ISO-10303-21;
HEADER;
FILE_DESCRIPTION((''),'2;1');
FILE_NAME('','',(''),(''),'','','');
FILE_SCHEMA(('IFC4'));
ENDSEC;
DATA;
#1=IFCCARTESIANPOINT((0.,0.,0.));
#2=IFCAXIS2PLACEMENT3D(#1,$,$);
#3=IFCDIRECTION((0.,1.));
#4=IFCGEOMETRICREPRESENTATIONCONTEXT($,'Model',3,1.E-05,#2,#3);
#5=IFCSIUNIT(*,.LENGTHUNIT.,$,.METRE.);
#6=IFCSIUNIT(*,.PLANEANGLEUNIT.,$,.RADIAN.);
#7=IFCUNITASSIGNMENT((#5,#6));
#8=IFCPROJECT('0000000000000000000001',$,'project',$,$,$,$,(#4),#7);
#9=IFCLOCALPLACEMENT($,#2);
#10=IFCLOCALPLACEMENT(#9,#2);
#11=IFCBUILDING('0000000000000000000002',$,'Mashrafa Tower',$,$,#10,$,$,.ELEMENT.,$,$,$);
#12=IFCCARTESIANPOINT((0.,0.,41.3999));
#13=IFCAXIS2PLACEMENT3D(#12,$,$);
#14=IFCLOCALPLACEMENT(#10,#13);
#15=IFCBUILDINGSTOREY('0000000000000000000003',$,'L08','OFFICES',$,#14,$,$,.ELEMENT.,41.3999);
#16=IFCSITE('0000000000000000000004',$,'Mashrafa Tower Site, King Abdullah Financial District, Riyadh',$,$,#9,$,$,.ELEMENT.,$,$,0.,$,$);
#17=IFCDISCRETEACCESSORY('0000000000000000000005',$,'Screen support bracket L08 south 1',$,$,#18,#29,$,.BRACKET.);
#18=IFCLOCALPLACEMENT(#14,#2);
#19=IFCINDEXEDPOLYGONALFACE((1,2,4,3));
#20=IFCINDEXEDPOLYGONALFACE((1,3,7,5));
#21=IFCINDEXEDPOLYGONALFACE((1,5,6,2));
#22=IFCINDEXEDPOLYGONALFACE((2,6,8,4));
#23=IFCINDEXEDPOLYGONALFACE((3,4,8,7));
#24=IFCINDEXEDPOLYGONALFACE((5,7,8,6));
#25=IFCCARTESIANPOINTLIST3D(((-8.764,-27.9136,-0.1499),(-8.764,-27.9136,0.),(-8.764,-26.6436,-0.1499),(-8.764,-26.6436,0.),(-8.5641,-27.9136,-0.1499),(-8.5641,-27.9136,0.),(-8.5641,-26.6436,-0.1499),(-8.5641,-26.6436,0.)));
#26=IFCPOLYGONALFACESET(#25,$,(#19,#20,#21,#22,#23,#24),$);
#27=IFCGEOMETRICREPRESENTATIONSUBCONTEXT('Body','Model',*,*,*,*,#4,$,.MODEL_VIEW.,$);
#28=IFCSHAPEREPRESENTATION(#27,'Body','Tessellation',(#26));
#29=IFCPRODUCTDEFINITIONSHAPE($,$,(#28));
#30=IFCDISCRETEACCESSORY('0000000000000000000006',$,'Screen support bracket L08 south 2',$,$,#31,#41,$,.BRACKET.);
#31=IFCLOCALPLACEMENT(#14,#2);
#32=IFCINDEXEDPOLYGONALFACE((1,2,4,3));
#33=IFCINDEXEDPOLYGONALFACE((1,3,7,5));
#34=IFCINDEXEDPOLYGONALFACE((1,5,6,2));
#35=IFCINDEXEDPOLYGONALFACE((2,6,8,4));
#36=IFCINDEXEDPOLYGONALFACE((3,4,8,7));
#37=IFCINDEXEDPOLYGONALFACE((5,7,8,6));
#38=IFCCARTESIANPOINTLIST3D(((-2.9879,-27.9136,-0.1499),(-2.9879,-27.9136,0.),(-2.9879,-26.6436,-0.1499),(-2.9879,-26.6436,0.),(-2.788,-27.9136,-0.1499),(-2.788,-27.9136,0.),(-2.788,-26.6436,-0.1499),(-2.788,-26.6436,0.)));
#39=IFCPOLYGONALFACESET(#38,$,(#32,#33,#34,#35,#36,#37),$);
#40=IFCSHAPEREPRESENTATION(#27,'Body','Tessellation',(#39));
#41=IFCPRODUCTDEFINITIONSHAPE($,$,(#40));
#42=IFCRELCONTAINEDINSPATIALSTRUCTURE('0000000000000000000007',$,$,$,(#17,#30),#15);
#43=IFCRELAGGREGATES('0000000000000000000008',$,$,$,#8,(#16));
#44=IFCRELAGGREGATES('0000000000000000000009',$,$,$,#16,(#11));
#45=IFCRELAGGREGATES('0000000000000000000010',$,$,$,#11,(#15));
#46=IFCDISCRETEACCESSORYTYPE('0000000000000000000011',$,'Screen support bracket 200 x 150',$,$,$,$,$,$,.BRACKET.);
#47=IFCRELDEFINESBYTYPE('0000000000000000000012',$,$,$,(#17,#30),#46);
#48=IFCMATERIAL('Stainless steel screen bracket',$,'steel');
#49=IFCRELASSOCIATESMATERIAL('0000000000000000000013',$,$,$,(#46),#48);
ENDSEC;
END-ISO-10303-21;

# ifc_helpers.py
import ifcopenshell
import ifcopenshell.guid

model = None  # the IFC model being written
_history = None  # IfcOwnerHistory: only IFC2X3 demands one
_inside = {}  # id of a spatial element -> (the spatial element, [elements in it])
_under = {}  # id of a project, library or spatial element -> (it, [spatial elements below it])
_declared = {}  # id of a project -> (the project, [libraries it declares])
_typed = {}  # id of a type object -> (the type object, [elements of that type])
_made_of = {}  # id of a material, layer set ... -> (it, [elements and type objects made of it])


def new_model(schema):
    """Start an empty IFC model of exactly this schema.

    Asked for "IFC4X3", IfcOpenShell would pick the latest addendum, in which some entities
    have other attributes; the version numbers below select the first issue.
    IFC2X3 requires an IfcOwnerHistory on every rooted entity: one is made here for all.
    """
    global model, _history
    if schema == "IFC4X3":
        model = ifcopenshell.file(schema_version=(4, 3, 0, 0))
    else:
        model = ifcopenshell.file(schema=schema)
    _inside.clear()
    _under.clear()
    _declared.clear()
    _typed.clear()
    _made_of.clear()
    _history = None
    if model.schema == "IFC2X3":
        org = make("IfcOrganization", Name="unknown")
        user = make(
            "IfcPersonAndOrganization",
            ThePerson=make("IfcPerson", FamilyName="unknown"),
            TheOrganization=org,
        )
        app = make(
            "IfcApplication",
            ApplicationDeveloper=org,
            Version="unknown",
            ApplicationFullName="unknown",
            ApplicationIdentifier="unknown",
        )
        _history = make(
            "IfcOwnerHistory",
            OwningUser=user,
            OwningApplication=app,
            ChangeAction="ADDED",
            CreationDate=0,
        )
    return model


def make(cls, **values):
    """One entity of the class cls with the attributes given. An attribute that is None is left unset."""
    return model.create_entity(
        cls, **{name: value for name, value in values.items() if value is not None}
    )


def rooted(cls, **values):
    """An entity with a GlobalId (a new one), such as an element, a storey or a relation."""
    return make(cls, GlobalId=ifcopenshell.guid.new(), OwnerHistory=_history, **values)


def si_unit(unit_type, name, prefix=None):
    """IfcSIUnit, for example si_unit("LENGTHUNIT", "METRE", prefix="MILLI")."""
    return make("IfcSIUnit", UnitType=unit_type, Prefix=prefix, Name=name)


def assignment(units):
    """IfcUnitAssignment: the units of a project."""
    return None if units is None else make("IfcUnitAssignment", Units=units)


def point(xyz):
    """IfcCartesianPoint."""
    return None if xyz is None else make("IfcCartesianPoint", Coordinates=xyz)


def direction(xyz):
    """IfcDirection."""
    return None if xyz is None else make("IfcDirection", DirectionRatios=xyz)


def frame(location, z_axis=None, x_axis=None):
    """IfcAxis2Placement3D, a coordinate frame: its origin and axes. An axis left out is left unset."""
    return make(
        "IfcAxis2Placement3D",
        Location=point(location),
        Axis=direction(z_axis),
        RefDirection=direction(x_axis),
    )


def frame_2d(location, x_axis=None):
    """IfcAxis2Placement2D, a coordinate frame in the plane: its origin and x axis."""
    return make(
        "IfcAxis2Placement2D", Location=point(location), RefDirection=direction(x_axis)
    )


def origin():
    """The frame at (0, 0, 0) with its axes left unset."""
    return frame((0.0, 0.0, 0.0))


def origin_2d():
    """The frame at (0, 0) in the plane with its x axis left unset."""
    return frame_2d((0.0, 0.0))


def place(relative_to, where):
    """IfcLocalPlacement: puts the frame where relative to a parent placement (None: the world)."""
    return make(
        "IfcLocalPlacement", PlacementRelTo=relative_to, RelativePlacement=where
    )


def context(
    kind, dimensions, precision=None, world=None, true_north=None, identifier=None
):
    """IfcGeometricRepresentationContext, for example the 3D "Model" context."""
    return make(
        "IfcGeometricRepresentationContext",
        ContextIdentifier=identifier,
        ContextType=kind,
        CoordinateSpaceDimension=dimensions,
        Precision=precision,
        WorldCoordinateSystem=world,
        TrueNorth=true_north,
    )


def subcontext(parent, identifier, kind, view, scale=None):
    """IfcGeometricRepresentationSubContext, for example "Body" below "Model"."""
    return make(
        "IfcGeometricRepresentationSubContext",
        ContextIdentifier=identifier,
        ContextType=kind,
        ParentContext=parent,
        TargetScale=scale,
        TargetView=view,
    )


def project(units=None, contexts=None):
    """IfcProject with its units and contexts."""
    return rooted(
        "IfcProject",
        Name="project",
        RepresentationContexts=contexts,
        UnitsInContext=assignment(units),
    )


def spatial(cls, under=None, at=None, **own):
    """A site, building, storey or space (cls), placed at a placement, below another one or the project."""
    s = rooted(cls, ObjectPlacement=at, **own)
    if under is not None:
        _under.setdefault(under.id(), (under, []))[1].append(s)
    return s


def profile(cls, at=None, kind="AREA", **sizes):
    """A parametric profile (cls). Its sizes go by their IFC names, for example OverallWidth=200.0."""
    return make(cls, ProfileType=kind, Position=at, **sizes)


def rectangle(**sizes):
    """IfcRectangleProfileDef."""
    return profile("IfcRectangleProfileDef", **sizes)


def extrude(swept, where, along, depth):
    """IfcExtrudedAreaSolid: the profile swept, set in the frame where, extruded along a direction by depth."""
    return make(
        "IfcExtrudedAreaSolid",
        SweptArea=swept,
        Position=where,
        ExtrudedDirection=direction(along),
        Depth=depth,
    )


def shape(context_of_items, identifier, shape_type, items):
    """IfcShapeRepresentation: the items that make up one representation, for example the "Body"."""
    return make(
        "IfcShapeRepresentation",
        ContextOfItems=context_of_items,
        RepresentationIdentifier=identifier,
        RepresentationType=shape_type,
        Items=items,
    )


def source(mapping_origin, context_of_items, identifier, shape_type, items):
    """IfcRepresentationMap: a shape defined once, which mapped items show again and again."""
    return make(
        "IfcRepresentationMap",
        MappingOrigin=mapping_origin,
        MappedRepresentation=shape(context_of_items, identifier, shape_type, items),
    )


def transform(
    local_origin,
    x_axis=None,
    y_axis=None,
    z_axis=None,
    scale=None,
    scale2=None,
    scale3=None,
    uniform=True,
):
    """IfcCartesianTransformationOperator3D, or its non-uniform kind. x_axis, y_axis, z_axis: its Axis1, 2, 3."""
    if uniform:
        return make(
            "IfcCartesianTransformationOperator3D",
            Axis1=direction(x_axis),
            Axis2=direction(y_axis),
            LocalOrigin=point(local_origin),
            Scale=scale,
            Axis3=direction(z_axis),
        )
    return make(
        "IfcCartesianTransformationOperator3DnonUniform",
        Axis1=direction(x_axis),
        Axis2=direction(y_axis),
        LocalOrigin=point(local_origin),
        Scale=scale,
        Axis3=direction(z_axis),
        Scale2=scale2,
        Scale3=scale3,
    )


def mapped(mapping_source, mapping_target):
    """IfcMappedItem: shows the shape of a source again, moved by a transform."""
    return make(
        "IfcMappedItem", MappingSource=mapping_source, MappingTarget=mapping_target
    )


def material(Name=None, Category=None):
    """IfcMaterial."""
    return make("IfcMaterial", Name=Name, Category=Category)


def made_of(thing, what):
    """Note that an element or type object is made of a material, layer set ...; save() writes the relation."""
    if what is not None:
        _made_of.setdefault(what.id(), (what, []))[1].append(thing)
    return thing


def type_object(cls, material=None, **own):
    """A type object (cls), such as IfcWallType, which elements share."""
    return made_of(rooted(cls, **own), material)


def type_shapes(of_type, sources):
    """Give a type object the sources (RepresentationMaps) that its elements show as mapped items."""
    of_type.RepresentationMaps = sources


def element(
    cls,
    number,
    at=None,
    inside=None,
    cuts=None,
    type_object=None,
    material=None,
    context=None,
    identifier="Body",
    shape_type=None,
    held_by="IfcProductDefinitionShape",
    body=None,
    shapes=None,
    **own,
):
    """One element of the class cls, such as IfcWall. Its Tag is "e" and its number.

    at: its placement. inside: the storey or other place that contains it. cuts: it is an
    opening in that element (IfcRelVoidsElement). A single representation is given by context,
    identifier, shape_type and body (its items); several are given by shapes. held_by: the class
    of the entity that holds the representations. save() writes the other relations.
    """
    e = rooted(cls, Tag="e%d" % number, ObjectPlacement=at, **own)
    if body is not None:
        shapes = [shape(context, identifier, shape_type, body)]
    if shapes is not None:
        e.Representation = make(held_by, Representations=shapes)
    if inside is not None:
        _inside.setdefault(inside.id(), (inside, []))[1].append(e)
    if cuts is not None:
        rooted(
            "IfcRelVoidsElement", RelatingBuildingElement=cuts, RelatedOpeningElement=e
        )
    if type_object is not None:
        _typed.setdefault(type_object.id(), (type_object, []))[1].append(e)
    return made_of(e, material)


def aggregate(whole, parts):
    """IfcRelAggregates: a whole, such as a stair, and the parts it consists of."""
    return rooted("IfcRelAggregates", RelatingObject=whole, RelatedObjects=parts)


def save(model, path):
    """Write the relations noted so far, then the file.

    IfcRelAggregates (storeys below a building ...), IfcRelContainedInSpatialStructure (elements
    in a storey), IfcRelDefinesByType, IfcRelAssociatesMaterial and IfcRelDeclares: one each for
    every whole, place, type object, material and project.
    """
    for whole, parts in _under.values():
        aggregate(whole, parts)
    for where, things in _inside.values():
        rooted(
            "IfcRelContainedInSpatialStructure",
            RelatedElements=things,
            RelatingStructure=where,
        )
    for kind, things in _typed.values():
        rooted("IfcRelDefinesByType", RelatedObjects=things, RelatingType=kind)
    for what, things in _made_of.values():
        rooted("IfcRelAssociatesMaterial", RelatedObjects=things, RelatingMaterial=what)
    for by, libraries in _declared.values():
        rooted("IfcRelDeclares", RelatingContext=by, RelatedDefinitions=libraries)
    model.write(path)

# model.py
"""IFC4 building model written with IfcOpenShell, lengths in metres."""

from ifc_helpers import new_model, si_unit, direction, frame, origin, origin_2d, place, context, subcontext, project, spatial, rectangle, extrude, source, transform, mapped, material, type_object, type_shapes, element, save


model = new_model("IFC4")

# Units and contexts
model_context = context("Model", 3, precision=1e-05, world=origin(), true_north=direction((0.0, 1.0)))
body_context = subcontext(model_context, "Body", "Model", "MODEL_VIEW")
ifc_project = project(units=[si_unit("LENGTHUNIT", "METRE"), si_unit("PLANEANGLEUNIT", "RADIAN")], contexts=[model_context])

# Site, building, storey
site_placement = place(None, origin())
site = spatial("IfcSite", under=ifc_project, at=site_placement, Name="Mashrafa Tower Site, King Abdullah Financial District, Riyadh", CompositionType="ELEMENT", RefElevation=0.0)
building_placement = place(site_placement, origin())
building = spatial("IfcBuilding", under=site, at=building_placement, Name="Mashrafa Tower", CompositionType="ELEMENT")
storey_placement = place(building_placement, frame((0.0, 0.0, 41.3999)))
storey = spatial("IfcBuildingStorey", under=building, at=storey_placement, Name="L08", Description="OFFICES", CompositionType="ELEMENT", Elevation=41.3999)

# Discrete accessories
ifc_material_1 = material(Name="Stainless steel screen bracket", Category="steel")
discrete_accessory_type = type_object("IfcDiscreteAccessoryType", Name="Screen support bracket 200 x 150", PredefinedType="BRACKET", material=ifc_material_1)
shared_shape_1 = source(origin(), body_context, "Body", "SweptSolid", [
    extrude(rectangle(XDim=0.2, YDim=1.27, at=origin_2d()), origin(), (0.0, 0.0, 1.0), 0.1499),
])
type_shapes(discrete_accessory_type, [shared_shape_1])
for number, where, z_axis, x_axis, name in (
    (1, (-8.6641, -27.2786, -0.1499), (0.0, 0.0, 1.0), (1.0, 0.0, 0.0), "Screen support bracket L08 south 1"),
    (2, (-2.8879, -27.2786, -0.1499), (0.0, 0.0, 1.0), (1.0, 0.0, 0.0), "Screen support bracket L08 south 2"),
):
    element("IfcDiscreteAccessory", number, at=place(storey_placement, frame(where, z_axis=z_axis, x_axis=x_axis)), inside=storey, type_object=discrete_accessory_type, Name=name, PredefinedType="BRACKET", context=body_context, shape_type="MappedRepresentation", body=[
        mapped(shared_shape_1, transform((0.0, 0.0, 0.0))),
    ])

save(model, "model.ifc")
